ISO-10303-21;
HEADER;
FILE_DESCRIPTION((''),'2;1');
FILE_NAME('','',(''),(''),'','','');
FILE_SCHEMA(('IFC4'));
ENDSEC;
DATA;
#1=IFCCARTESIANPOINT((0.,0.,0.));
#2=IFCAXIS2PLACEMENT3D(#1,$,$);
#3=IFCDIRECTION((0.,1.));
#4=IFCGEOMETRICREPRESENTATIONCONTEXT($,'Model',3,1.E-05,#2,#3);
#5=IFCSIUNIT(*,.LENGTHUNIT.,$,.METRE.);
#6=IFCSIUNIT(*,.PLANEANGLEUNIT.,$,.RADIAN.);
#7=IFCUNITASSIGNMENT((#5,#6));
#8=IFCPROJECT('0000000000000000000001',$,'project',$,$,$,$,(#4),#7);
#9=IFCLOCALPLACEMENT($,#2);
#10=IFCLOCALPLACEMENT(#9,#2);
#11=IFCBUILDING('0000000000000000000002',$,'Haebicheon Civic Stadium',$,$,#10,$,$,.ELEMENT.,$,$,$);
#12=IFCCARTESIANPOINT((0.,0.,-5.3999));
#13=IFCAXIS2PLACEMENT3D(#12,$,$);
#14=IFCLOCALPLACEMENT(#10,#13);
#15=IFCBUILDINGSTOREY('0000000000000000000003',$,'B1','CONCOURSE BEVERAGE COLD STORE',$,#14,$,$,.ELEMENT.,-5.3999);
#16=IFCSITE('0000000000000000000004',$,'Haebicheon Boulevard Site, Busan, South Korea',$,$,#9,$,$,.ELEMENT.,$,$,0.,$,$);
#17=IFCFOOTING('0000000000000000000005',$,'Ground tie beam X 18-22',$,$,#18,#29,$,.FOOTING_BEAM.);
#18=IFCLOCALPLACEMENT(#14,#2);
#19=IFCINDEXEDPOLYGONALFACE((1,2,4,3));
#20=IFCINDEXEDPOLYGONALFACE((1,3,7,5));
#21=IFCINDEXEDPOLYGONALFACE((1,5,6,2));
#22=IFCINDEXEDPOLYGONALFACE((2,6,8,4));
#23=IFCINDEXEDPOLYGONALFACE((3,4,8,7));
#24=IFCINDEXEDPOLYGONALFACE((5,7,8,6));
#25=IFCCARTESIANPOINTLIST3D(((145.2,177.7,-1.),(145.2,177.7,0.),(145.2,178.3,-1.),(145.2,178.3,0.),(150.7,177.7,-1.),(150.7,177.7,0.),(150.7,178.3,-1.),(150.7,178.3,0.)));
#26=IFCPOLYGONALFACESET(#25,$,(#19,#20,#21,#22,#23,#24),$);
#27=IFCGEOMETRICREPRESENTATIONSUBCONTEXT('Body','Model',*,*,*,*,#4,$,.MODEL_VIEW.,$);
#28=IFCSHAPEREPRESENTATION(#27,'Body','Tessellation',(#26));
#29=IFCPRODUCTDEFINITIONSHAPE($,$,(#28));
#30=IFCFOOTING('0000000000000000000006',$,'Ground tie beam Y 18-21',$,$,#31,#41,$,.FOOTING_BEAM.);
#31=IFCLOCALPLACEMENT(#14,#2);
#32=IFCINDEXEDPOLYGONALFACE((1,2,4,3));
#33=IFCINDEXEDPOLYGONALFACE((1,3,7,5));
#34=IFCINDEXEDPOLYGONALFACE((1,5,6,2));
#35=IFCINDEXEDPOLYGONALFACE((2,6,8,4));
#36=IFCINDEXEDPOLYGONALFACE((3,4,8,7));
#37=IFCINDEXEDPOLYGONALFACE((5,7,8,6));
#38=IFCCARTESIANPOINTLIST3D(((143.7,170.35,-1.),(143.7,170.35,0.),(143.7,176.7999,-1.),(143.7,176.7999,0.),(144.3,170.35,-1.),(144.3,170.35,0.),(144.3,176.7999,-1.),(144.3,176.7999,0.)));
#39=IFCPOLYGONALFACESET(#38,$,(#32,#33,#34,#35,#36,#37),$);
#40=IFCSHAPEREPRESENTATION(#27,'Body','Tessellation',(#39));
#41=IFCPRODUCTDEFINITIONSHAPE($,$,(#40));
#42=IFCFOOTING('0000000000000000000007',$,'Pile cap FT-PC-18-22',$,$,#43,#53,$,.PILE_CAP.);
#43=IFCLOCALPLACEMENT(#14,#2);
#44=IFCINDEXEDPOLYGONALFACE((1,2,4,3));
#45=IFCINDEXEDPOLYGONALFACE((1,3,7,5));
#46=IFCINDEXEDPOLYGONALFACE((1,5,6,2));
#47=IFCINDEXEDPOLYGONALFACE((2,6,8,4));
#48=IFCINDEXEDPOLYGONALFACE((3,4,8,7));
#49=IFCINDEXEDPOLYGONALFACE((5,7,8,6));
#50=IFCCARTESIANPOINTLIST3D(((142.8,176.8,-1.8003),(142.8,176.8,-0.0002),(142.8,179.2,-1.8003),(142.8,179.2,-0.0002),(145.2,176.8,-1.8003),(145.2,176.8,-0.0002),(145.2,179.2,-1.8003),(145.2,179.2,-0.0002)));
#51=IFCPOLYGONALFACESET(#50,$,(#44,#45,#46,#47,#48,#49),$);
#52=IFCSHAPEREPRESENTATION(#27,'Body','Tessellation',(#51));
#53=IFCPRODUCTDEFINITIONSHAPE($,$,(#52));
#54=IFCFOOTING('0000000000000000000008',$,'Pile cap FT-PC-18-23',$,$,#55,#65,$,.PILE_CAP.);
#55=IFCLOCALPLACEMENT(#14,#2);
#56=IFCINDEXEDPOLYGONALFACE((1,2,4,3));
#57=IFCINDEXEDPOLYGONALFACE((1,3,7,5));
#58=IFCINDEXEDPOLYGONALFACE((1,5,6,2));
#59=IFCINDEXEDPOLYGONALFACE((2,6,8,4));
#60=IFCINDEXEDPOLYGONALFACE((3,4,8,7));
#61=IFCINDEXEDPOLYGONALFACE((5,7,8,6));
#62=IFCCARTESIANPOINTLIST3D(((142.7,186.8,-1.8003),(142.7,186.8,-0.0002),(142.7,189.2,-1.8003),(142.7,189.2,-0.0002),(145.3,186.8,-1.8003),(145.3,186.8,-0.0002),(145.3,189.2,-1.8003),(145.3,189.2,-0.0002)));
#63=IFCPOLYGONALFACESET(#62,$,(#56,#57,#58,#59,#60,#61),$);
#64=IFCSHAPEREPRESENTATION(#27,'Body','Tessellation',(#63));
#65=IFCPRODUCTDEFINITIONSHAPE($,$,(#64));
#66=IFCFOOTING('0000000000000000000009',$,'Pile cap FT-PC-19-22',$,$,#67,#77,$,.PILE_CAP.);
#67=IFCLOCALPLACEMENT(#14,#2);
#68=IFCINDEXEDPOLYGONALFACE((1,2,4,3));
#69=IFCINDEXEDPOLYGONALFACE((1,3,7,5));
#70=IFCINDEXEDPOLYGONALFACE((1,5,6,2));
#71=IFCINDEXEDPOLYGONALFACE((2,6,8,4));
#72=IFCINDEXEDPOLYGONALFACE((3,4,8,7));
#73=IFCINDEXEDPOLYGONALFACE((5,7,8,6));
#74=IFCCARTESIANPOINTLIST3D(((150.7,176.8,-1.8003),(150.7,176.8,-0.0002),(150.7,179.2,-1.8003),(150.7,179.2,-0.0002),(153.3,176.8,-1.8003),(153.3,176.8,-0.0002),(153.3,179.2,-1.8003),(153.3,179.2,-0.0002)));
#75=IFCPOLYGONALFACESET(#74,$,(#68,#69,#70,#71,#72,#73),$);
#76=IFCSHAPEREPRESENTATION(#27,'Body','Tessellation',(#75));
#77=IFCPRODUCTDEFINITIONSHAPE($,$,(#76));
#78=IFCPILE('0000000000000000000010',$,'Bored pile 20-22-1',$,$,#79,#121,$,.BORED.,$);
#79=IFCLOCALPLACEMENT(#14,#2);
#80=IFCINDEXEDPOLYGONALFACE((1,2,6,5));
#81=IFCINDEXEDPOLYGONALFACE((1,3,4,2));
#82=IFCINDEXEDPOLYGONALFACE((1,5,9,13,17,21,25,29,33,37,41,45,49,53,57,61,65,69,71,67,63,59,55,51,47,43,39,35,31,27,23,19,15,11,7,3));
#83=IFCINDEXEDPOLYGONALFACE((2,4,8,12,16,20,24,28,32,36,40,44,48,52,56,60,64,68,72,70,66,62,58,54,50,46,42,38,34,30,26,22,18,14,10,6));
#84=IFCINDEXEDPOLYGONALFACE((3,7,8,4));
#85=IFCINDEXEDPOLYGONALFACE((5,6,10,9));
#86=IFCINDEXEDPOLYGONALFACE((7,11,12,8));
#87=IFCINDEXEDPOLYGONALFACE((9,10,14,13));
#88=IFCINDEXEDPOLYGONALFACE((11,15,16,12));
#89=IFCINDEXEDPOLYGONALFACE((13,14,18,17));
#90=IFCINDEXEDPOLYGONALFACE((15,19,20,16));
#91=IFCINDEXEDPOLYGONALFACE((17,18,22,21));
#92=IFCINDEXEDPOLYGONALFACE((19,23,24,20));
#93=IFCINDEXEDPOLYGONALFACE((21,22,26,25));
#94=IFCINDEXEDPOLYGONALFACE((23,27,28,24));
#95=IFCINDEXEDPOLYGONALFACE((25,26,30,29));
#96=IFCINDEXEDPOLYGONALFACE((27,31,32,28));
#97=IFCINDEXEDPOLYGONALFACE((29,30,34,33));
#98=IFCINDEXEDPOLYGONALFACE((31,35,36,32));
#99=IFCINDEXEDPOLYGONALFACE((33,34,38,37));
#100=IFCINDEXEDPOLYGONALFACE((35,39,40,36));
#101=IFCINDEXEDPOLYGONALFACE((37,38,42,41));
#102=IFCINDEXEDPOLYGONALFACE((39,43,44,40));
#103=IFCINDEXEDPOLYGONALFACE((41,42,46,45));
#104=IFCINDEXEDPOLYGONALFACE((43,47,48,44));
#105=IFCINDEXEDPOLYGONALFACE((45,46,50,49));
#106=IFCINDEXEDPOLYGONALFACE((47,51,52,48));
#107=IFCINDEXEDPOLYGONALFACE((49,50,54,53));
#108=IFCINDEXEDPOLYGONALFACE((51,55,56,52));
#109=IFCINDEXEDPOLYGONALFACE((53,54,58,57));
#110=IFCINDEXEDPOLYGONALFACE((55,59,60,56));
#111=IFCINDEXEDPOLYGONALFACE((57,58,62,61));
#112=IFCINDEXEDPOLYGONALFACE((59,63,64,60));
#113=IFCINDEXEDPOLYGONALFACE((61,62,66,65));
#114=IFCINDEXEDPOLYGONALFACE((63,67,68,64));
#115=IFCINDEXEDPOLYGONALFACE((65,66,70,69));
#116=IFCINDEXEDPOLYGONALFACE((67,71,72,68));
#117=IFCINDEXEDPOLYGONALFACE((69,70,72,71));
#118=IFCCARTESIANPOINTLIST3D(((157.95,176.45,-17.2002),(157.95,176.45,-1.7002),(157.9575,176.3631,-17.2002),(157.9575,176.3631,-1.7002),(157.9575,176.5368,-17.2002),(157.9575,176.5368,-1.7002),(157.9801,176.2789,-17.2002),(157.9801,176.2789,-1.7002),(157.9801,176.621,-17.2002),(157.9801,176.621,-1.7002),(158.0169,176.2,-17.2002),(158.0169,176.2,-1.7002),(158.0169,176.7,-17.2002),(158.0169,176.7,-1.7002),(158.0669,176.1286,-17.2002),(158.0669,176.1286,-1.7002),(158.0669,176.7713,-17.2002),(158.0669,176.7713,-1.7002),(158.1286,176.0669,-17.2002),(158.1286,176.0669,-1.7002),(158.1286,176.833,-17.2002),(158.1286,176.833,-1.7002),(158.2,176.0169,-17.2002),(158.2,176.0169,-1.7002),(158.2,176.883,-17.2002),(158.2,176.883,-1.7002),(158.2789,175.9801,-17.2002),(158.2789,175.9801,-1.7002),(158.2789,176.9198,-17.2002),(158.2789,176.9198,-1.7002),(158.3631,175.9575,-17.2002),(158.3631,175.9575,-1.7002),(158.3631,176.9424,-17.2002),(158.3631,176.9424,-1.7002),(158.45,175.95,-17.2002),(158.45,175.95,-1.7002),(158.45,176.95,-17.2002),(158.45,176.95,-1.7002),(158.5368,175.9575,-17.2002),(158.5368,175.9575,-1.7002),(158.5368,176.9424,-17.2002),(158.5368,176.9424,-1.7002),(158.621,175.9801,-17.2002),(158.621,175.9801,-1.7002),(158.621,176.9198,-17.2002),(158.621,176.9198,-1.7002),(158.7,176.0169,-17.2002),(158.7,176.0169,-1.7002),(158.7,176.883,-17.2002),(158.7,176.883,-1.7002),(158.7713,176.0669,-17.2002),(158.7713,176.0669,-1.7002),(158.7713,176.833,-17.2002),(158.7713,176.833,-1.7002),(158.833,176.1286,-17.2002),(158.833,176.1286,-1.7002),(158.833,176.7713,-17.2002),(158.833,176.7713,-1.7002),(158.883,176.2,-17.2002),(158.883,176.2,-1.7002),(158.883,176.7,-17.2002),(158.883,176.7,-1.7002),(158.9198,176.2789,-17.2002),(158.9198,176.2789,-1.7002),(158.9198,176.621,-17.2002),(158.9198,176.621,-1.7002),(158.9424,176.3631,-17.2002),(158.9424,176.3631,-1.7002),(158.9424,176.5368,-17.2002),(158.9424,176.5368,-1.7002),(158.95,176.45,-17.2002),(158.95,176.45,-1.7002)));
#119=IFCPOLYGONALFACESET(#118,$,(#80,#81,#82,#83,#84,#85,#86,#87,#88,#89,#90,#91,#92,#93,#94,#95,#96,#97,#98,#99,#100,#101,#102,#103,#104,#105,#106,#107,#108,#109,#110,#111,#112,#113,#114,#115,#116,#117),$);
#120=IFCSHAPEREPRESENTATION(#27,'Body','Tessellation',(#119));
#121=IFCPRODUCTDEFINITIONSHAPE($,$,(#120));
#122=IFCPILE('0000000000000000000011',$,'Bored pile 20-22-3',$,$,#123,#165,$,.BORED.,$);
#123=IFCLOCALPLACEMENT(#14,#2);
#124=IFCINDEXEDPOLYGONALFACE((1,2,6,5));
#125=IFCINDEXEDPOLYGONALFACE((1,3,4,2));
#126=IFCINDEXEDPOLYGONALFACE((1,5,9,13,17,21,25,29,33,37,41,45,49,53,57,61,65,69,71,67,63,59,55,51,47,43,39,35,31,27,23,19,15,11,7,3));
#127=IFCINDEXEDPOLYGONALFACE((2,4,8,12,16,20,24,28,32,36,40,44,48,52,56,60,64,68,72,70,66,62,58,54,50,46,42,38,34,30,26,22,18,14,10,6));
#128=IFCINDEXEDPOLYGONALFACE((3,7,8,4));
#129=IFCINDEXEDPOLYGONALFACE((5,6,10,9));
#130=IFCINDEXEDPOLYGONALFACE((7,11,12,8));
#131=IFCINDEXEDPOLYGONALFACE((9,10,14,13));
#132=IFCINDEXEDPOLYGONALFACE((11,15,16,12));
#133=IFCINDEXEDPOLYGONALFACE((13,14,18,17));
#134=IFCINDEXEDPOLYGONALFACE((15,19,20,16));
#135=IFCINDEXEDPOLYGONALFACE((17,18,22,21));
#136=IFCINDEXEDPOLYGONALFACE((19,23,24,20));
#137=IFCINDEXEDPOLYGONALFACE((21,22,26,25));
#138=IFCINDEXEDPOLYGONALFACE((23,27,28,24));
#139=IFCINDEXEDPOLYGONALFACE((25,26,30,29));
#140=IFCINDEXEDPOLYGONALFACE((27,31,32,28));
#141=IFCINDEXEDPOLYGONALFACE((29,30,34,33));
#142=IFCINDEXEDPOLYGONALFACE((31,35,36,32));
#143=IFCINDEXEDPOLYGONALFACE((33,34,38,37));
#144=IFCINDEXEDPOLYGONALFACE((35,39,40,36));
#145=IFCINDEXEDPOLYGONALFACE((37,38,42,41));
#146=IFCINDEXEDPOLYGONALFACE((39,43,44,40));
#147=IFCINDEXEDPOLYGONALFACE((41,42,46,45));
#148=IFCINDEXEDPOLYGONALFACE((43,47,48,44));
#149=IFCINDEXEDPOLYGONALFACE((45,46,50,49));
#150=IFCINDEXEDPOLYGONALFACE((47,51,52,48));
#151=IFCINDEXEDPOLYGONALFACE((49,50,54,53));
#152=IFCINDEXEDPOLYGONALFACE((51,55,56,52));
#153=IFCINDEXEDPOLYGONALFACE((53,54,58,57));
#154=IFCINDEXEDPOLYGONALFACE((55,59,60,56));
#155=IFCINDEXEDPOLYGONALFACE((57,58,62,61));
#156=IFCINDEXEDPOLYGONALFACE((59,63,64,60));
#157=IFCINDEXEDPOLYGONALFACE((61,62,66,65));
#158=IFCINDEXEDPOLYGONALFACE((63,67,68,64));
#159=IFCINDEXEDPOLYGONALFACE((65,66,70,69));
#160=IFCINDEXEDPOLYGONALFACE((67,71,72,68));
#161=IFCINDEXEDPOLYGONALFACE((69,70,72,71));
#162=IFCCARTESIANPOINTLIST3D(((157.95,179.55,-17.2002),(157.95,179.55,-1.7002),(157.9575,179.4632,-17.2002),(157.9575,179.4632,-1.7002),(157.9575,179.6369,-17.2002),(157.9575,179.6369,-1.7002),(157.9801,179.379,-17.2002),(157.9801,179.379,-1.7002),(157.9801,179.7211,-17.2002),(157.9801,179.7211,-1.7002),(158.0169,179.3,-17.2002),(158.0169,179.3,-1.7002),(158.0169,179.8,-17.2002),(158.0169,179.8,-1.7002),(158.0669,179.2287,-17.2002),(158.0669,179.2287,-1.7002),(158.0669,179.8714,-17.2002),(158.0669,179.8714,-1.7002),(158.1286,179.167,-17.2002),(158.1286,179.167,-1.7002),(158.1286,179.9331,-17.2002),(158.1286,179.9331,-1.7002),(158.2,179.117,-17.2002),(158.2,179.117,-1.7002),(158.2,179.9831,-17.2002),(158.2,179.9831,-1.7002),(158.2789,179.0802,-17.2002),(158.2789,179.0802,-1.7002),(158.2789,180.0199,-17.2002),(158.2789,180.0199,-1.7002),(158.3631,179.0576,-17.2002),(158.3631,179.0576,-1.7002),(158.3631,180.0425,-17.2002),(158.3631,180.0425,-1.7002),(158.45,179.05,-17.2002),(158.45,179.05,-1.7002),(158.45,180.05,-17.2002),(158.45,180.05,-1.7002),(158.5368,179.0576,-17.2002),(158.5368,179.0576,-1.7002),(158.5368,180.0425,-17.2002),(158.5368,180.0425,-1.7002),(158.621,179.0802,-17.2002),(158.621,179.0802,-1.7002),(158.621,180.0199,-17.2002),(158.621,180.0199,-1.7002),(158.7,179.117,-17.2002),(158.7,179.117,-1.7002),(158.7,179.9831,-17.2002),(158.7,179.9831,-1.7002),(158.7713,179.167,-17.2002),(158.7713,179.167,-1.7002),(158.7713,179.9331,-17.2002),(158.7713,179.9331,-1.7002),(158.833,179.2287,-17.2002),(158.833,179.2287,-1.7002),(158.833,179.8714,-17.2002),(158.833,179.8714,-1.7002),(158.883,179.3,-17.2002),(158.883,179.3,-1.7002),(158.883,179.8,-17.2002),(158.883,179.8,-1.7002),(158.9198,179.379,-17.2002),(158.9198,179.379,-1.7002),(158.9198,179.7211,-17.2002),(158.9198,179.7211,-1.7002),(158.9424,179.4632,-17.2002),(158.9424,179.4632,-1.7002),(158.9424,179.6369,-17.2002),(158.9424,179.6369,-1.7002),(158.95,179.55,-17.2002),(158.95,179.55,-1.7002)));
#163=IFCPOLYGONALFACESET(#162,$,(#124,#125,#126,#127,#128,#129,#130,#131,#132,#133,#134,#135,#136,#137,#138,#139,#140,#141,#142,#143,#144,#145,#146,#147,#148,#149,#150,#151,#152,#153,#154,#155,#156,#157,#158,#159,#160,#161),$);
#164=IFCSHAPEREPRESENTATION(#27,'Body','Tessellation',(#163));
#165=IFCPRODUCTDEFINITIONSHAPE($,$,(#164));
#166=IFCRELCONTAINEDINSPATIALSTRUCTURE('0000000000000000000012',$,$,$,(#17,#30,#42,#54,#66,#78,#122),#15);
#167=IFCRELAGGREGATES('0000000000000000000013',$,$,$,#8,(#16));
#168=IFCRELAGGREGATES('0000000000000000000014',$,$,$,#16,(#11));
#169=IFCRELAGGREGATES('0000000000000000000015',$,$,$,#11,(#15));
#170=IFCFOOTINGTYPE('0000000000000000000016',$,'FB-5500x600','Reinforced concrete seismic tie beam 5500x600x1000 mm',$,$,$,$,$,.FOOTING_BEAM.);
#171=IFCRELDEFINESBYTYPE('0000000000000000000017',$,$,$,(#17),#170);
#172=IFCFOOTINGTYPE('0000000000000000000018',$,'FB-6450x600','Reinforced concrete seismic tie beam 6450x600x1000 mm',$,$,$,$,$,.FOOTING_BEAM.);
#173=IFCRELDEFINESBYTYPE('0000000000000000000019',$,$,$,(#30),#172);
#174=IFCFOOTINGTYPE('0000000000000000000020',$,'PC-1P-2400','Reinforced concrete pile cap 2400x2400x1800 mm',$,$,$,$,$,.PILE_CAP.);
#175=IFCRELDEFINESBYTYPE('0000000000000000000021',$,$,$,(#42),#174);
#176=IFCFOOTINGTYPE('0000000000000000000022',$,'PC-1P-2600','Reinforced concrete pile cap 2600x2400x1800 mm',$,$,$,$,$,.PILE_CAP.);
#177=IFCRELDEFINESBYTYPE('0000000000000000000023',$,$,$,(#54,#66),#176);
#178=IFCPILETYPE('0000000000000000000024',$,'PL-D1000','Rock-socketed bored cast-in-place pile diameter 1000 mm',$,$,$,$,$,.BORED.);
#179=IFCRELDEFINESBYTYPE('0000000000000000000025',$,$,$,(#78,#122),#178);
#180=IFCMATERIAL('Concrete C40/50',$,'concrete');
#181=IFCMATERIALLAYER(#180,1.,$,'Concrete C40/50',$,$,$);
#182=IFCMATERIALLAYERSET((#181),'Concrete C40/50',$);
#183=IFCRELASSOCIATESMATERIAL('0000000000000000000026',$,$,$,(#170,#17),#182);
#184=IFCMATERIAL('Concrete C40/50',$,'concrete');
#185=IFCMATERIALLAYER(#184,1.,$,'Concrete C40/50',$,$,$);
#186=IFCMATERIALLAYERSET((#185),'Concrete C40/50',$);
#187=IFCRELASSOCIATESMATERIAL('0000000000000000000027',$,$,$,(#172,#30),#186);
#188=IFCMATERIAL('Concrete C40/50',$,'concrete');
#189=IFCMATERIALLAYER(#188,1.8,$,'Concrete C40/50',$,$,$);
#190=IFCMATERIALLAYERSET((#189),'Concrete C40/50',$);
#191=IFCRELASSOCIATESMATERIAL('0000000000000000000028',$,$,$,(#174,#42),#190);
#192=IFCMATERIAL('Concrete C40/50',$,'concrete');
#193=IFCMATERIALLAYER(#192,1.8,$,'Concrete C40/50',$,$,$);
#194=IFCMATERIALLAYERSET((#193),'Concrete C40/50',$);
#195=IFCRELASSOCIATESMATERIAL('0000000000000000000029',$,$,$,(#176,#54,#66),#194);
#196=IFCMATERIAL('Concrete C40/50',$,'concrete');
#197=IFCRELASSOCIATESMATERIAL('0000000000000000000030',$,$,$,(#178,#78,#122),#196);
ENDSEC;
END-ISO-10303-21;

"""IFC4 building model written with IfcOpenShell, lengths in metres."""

from ifc_helpers import new_model, si_unit, direction, frame, origin, origin_2d, place, context, subcontext, project, spatial, rectangle, circle, extrude, material, layer, layer_set, material_profile, profile_set, type_object, element, save


model = new_model("IFC4")

# Units and contexts
model_context = context("Model", 3, precision=1e-05, world=origin(), true_north=direction((0.0, 1.0)))
body_context = subcontext(model_context, "Body", "Model", "MODEL_VIEW")
ifc_project = project(units=[si_unit("LENGTHUNIT", "METRE"), si_unit("PLANEANGLEUNIT", "RADIAN")], contexts=[model_context])

# Site, building, storey
site_placement = place(None, origin())
site = spatial("IfcSite", under=ifc_project, at=site_placement, Name="Haebicheon Boulevard Site, Busan, South Korea", CompositionType="ELEMENT", RefElevation=0.0)
building_placement = place(site_placement, origin())
building = spatial("IfcBuilding", under=site, at=building_placement, Name="Haebicheon Civic Stadium", CompositionType="ELEMENT")
storey_placement = place(building_placement, frame((0.0, 0.0, -5.3999)))
storey = spatial("IfcBuildingStorey", under=building, at=storey_placement, Name="B1", Description="CONCOURSE BEVERAGE COLD STORE", CompositionType="ELEMENT", Elevation=-5.3999)

# Footings
ifc_material_1 = material(Name="Concrete C40/50", Category="concrete")
ifc_layer_1 = layer(ifc_material_1, 1.0, Name="Concrete C40/50")
ifc_layer_set_1 = layer_set([ifc_layer_1], Name="Concrete C40/50")
footing_type_1 = type_object("IfcFootingType", Name="FB-5500x600", Description="Reinforced concrete seismic tie beam 5500x600x1000 mm", PredefinedType="FOOTING_BEAM", material=ifc_layer_set_1)
footing_1_placement = place(storey_placement, frame((147.95, 178.0, -1.0), z_axis=(0.0, 0.0, 1.0), x_axis=(1.0, 0.0, 0.0)))
element("IfcFooting", 1, at=footing_1_placement, inside=storey, type_object=footing_type_1, material=ifc_layer_set_1, Name="Ground tie beam X 18-22", PredefinedType="FOOTING_BEAM", context=body_context, shape_type="SweptSolid", body=[
    extrude(rectangle(XDim=5.5, YDim=0.6001, at=origin_2d()), origin(), (0.0, 0.0, 1.0), 1.0),
])
ifc_material_2 = material(Name="Concrete C40/50", Category="concrete")
ifc_layer_2 = layer(ifc_material_2, 1.0, Name="Concrete C40/50")
ifc_layer_set_2 = layer_set([ifc_layer_2], Name="Concrete C40/50")
footing_type_2 = type_object("IfcFootingType", Name="FB-6450x600", Description="Reinforced concrete seismic tie beam 6450x600x1000 mm", PredefinedType="FOOTING_BEAM", material=ifc_layer_set_2)
footing_2_placement = place(storey_placement, frame((144.0, 173.575, -1.0), z_axis=(0.0, 0.0, 1.0), x_axis=(0.0, 1.0, 0.0)))
element("IfcFooting", 2, at=footing_2_placement, inside=storey, type_object=footing_type_2, material=ifc_layer_set_2, Name="Ground tie beam Y 18-21", PredefinedType="FOOTING_BEAM", context=body_context, shape_type="SweptSolid", body=[
    extrude(rectangle(XDim=6.45, YDim=0.6001, at=origin_2d()), origin(), (0.0, 0.0, 1.0), 1.0),
])
ifc_material_3 = material(Name="Concrete C40/50", Category="concrete")
ifc_layer_3 = layer(ifc_material_3, 1.8, Name="Concrete C40/50")
ifc_layer_set_3 = layer_set([ifc_layer_3], Name="Concrete C40/50")
footing_type_3 = type_object("IfcFootingType", Name="PC-1P-2400", Description="Reinforced concrete pile cap 2400x2400x1800 mm", PredefinedType="PILE_CAP", material=ifc_layer_set_3)
footing_3_placement = place(storey_placement, frame((144.0, 178.0, -1.8003), z_axis=(0.0, 0.0, 1.0), x_axis=(1.0, 0.0, 0.0)))
element("IfcFooting", 3, at=footing_3_placement, inside=storey, type_object=footing_type_3, material=ifc_layer_set_3, Name="Pile cap FT-PC-18-22", PredefinedType="PILE_CAP", context=body_context, shape_type="SweptSolid", body=[
    extrude(rectangle(XDim=2.3999, YDim=2.3999, at=origin_2d()), origin(), (0.0, 0.0, 1.0), 1.8),
])
ifc_material_4 = material(Name="Concrete C40/50", Category="concrete")
ifc_layer_4 = layer(ifc_material_4, 1.8, Name="Concrete C40/50")
ifc_layer_set_4 = layer_set([ifc_layer_4], Name="Concrete C40/50")
footing_type_4 = type_object("IfcFootingType", Name="PC-1P-2600", Description="Reinforced concrete pile cap 2600x2400x1800 mm", PredefinedType="PILE_CAP", material=ifc_layer_set_4)
for number, where, z_axis, x_axis, name in (
    (4, (144.0, 188.0, -1.8003), (0.0, 0.0, 1.0), (1.0, 0.0, 0.0), "Pile cap FT-PC-18-23"),
    (5, (152.0, 178.0, -1.8003), (0.0, 0.0, 1.0), (1.0, 0.0, 0.0), "Pile cap FT-PC-19-22"),
):
    element("IfcFooting", number, at=place(storey_placement, frame(where, z_axis=z_axis, x_axis=x_axis)), inside=storey, type_object=footing_type_4, material=ifc_layer_set_4, Name=name, PredefinedType="PILE_CAP", context=body_context, shape_type="SweptSolid", body=[
        extrude(rectangle(XDim=2.6001, YDim=2.3999, at=origin_2d()), origin(), (0.0, 0.0, 1.0), 1.8),
    ])

# Piles
ifc_material_5 = material(Name="Concrete C40/50", Category="concrete")
ifc_material_profile_1 = material_profile(ifc_material_5, circle(Radius=0.5, at=origin_2d()), Name="PILE-D1000")
ifc_profile_set_1 = profile_set([ifc_material_profile_1], Name="Concrete C40/50")
pile_type_1 = type_object("IfcPileType", Name="PL-D1000", Description="Rock-socketed bored cast-in-place pile diameter 1000 mm", PredefinedType="BORED", material=ifc_profile_set_1)
for number, where, z_axis, x_axis, name in (
    (6, (158.45, 176.45, -1.7002), (0.0, 0.0, -1.0), (1.0, 0.0, 0.0), "Bored pile 20-22-1"),
    (7, (158.45, 179.55, -1.7002), (0.0, 0.0, -1.0), (1.0, 0.0, 0.0), "Bored pile 20-22-3"),
):
    element("IfcPile", number, at=place(storey_placement, frame(where, z_axis=z_axis, x_axis=x_axis)), inside=storey, type_object=pile_type_1, material=ifc_profile_set_1, Name=name, PredefinedType="BORED", context=body_context, shape_type="SweptSolid", body=[
        extrude(circle(Radius=0.5, at=origin_2d()), origin(), (0.0, 0.0, 1.0), 15.5),
    ])

save(model, "model.ifc")
